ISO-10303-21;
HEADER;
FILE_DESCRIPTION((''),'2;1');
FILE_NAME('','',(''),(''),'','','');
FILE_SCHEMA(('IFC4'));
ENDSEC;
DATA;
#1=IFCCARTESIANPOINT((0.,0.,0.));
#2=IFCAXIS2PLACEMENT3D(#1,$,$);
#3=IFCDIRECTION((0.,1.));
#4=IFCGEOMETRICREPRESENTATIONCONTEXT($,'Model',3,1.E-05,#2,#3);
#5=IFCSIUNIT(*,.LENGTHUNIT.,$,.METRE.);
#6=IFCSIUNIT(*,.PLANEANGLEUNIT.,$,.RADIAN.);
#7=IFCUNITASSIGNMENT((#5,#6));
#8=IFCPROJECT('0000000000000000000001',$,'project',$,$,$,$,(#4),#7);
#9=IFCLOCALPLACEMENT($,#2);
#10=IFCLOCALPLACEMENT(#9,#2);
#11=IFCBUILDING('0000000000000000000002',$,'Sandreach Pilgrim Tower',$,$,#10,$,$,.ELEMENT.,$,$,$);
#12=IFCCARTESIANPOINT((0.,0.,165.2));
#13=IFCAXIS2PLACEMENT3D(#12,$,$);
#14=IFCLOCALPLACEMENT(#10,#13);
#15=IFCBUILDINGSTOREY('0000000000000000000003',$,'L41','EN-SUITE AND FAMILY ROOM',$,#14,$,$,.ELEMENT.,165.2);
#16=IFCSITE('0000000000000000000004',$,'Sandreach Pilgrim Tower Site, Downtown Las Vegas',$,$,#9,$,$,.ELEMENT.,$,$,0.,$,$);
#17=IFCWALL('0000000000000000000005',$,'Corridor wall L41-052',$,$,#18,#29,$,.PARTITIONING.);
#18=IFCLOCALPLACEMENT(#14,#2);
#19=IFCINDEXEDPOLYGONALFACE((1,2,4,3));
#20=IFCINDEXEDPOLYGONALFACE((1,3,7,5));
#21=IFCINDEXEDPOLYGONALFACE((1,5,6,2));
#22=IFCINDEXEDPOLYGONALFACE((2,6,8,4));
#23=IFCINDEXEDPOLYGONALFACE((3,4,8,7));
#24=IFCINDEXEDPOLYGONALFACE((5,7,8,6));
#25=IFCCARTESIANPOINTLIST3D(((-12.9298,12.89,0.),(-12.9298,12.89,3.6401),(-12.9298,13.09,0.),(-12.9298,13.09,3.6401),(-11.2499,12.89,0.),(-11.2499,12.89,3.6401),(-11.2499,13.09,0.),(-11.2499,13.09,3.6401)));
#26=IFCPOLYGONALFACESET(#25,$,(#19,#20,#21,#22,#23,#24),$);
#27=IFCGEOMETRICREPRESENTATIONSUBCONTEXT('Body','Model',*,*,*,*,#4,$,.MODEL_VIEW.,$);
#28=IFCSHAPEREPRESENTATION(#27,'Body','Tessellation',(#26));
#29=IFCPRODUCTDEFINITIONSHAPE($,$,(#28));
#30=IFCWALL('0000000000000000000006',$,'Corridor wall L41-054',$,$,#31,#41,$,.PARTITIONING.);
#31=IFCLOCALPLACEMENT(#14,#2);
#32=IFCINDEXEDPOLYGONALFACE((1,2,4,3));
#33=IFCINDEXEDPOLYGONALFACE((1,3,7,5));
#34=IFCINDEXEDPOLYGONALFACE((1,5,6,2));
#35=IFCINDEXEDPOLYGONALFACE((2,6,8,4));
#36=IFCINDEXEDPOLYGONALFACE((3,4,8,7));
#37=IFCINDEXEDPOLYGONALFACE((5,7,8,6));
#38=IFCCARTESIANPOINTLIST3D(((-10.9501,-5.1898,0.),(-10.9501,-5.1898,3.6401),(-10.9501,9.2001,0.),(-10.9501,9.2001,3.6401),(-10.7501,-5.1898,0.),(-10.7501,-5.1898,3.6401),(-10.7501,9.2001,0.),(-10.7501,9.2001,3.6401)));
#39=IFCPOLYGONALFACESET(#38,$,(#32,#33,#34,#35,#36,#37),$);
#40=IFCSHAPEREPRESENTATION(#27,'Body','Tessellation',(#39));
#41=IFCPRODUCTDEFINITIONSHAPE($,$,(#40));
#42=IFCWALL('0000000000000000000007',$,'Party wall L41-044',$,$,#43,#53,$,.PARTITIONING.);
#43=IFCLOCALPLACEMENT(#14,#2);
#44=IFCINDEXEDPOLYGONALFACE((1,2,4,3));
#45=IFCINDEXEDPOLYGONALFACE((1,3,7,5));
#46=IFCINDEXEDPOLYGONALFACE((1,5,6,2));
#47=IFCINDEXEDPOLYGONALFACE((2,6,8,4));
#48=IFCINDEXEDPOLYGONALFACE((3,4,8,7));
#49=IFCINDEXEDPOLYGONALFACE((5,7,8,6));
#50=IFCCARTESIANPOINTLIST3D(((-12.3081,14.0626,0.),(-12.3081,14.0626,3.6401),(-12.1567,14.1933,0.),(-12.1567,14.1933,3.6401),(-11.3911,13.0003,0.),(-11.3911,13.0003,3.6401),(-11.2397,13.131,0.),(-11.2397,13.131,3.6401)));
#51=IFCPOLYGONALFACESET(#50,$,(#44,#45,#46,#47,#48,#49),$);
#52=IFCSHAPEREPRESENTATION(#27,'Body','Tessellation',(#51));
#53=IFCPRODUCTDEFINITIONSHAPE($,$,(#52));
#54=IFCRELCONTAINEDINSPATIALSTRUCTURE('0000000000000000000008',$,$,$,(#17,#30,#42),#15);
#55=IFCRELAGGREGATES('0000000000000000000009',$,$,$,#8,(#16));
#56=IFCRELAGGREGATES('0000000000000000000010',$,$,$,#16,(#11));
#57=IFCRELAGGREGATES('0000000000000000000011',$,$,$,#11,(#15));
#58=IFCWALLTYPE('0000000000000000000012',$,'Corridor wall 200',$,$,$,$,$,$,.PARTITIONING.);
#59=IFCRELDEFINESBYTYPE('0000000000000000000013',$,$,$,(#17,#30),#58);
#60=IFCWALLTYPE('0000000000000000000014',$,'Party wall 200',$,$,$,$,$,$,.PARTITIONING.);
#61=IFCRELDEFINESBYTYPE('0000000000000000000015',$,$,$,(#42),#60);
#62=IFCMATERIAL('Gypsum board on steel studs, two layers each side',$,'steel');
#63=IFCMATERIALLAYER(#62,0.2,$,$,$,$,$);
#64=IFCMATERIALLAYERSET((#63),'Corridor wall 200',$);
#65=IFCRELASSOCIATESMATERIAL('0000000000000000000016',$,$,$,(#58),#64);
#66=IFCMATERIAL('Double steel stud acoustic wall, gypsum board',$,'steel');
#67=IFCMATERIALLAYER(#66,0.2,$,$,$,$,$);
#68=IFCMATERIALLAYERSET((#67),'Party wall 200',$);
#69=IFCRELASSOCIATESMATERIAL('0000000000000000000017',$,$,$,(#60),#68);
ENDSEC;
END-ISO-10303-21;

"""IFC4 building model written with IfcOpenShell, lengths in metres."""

from ifc_helpers import new_model, si_unit, direction, frame, frame_2d, origin, place, context, subcontext, project, spatial, rectangle, extrude, material, layer, layer_set, type_object, element, save


model = new_model("IFC4")

# Units and contexts
model_context = context("Model", 3, precision=1e-05, world=origin(), true_north=direction((0.0, 1.0)))
body_context = subcontext(model_context, "Body", "Model", "MODEL_VIEW")
ifc_project = project(units=[si_unit("LENGTHUNIT", "METRE"), si_unit("PLANEANGLEUNIT", "RADIAN")], contexts=[model_context])

# Site, building, storey
site_placement = place(None, origin())
site = spatial("IfcSite", under=ifc_project, at=site_placement, Name="Sandreach Pilgrim Tower Site, Downtown Las Vegas", CompositionType="ELEMENT", RefElevation=0.0)
building_placement = place(site_placement, origin())
building = spatial("IfcBuilding", under=site, at=building_placement, Name="Sandreach Pilgrim Tower", CompositionType="ELEMENT")
storey_placement = place(building_placement, frame((0.0, 0.0, 165.2)))
storey = spatial("IfcBuildingStorey", under=building, at=storey_placement, Name="L41", Description="EN-SUITE AND FAMILY ROOM", CompositionType="ELEMENT", Elevation=165.2)

# Shared definitions
ifc_material_1 = material(Name="Gypsum board on steel studs, two layers each side", Category="steel")
ifc_layer_1 = layer(ifc_material_1, 0.2)
ifc_layer_set_1 = layer_set([ifc_layer_1], Name="Corridor wall 200")
wall_type_1 = type_object("IfcWallType", Name="Corridor wall 200", PredefinedType="PARTITIONING", material=ifc_layer_set_1)

# Walls
wall_1_placement = place(storey_placement, frame((-11.25, 12.99, 0.0), z_axis=(0.0, 0.0, 1.0), x_axis=(-1.0, 0.0, 0.0)))
element("IfcWall", 1, at=wall_1_placement, inside=storey, type_object=wall_type_1, Name="Corridor wall L41-052", PredefinedType="PARTITIONING", context=body_context, shape_type="SweptSolid", body=[
    extrude(rectangle(XDim=1.6799, YDim=0.2, at=frame_2d((0.8398, 0.0))), origin(), (0.0, 0.0, 1.0), 3.6401),
])
wall_2_placement = place(storey_placement, frame((-10.8501, 9.2, 0.0), z_axis=(0.0, 0.0, 1.0), x_axis=(0.0, -1.0, 0.0)))
element("IfcWall", 2, at=wall_2_placement, inside=storey, type_object=wall_type_1, Name="Corridor wall L41-054", PredefinedType="PARTITIONING", context=body_context, shape_type="SweptSolid", body=[
    extrude(rectangle(XDim=14.3899, YDim=0.2, at=frame_2d((7.1948, 0.0))), origin(), (0.0, 0.0, 1.0), 3.6401),
])

# Wall
ifc_material_2 = material(Name="Double steel stud acoustic wall, gypsum board", Category="steel")
ifc_layer_2 = layer(ifc_material_2, 0.2)
ifc_layer_set_2 = layer_set([ifc_layer_2], Name="Party wall 200")
wall_type_2 = type_object("IfcWallType", Name="Party wall 200", PredefinedType="PARTITIONING", material=ifc_layer_set_2)
wall_3_placement = place(storey_placement, frame((-12.2324, 14.1279, 0.0), z_axis=(0.0, 0.0, 1.0), x_axis=(0.653452, -0.756968, 0.0)))
element("IfcWall", 3, at=wall_3_placement, inside=storey, type_object=wall_type_2, Name="Party wall L41-044", PredefinedType="PARTITIONING", context=body_context, shape_type="SweptSolid", body=[
    extrude(rectangle(XDim=1.4033, YDim=0.2, at=frame_2d((0.7017, 0.0))), origin(), (0.0, 0.0, 1.0), 3.6401),
])

save(model, "model.ifc")
